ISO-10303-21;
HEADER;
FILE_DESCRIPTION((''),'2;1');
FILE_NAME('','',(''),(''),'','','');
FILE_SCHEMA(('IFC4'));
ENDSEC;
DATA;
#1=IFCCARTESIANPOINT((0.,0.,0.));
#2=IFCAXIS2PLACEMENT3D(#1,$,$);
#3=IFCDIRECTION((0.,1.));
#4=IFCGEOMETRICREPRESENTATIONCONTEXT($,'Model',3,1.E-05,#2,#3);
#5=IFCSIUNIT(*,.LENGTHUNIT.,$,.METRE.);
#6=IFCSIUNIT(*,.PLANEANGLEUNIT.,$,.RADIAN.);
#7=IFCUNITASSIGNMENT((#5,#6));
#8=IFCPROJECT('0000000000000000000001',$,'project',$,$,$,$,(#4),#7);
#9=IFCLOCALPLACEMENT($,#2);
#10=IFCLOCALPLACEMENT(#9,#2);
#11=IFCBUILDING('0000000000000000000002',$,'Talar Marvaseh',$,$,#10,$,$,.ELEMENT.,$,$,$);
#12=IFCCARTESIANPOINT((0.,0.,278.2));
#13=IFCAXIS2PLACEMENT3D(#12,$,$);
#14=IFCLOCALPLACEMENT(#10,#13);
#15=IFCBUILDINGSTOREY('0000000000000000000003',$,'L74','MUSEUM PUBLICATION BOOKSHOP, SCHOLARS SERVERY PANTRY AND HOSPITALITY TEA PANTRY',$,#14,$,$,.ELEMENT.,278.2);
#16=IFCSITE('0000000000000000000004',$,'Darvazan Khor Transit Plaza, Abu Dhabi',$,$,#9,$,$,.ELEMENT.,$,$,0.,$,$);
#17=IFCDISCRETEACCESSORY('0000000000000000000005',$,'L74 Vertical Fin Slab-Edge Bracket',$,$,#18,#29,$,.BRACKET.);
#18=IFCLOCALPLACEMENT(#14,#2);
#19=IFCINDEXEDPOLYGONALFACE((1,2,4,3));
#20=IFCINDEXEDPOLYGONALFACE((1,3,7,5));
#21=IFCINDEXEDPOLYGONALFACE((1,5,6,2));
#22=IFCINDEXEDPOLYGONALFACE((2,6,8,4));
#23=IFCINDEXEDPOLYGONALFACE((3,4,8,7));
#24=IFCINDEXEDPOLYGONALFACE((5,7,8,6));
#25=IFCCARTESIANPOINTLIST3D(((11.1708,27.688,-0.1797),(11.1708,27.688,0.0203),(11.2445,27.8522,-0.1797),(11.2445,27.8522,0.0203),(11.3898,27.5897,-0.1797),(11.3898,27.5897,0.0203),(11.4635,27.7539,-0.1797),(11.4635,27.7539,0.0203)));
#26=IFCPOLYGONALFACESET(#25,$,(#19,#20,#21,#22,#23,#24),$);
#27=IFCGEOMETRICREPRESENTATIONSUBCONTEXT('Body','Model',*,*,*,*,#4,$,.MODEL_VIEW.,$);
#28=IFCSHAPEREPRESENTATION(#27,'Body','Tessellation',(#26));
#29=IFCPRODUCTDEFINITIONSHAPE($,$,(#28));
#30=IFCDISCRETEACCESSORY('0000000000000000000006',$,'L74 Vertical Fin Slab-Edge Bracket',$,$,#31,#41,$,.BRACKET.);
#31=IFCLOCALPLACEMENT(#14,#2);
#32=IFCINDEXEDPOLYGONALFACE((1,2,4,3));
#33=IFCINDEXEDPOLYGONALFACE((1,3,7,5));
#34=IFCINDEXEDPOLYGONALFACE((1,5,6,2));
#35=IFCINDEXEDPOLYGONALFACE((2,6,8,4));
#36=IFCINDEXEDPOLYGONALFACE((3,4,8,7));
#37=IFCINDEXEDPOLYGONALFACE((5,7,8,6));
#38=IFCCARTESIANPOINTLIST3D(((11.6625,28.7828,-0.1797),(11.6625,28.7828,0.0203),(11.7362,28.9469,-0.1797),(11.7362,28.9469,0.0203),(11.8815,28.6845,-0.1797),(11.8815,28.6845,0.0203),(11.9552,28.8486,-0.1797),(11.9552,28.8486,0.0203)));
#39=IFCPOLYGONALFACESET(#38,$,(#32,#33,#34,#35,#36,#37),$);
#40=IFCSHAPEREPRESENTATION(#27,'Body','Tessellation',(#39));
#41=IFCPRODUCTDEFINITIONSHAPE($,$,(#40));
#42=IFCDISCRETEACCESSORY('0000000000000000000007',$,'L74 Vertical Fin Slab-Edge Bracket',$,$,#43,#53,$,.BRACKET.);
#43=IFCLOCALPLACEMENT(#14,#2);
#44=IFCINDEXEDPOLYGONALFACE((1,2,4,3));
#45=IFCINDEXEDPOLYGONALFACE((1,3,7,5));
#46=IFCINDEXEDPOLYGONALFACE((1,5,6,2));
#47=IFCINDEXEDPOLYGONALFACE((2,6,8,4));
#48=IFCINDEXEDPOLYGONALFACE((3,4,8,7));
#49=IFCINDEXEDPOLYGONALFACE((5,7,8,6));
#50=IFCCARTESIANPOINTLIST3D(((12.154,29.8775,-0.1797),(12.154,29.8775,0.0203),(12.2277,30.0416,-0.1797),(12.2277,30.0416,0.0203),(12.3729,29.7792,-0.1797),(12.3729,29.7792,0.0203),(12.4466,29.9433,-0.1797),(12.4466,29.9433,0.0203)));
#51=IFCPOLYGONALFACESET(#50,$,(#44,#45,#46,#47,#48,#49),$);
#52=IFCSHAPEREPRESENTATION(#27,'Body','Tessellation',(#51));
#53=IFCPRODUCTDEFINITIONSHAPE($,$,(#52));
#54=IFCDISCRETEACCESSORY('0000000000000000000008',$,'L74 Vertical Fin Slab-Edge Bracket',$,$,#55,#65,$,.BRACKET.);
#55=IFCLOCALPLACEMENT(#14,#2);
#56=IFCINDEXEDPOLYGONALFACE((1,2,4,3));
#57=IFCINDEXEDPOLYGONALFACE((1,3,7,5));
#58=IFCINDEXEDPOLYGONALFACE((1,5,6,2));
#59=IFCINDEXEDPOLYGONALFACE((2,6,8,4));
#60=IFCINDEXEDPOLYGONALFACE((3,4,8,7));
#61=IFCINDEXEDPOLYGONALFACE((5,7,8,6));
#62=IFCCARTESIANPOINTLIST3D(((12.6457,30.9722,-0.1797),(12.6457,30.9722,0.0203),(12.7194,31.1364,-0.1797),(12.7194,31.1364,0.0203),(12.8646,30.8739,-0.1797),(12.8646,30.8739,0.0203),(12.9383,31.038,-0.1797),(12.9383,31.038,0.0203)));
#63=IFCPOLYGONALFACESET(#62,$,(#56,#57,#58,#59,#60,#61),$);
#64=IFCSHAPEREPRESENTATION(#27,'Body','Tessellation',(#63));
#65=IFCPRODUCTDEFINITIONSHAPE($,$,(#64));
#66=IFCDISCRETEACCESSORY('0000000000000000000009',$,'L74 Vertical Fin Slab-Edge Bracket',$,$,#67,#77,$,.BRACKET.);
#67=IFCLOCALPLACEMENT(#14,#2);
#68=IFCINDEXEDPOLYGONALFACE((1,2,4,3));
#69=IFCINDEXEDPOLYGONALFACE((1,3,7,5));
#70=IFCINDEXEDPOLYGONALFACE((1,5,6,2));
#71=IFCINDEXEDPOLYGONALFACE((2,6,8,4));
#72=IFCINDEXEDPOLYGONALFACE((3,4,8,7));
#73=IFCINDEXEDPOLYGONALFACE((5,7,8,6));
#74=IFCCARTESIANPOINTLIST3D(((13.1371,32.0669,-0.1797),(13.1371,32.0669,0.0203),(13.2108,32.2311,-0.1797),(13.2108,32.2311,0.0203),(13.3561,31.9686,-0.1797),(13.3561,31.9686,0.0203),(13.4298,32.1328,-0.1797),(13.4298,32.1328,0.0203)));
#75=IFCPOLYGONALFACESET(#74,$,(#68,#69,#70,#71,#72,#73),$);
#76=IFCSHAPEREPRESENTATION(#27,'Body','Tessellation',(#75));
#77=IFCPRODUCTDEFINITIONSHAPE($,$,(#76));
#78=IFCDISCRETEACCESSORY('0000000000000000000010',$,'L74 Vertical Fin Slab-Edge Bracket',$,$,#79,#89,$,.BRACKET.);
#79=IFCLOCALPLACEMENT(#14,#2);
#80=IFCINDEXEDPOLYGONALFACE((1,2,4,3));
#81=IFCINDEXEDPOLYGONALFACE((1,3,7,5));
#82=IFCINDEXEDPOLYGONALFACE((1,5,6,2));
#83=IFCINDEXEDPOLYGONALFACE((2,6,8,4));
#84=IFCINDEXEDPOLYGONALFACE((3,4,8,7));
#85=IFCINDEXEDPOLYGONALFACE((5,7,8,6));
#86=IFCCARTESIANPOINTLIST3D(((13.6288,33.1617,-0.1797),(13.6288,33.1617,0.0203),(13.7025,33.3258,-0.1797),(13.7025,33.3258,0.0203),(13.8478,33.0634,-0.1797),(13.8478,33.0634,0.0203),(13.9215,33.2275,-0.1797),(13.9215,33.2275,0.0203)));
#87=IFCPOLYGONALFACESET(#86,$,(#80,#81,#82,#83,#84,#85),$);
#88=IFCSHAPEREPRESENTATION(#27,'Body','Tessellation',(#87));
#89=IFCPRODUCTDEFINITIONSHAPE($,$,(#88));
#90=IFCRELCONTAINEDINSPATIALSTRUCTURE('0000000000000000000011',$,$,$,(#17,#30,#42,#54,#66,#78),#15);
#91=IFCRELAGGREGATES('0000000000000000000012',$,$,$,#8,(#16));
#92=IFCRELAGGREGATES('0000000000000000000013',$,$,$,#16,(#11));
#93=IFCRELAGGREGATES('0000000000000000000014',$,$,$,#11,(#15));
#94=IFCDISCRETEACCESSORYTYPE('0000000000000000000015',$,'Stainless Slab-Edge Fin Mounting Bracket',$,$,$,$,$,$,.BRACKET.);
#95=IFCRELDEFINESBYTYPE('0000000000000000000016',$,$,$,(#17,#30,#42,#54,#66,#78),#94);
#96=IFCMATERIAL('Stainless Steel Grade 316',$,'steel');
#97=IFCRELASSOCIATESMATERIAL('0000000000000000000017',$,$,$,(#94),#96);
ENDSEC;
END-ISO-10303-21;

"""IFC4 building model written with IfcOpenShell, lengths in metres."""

from ifc_helpers import new_model, si_unit, direction, frame, origin, origin_2d, place, context, subcontext, project, spatial, rectangle, extrude, source, transform, mapped, material, type_object, type_shapes, element, save


model = new_model("IFC4")

# Units and contexts
model_context = context("Model", 3, precision=1e-05, world=origin(), true_north=direction((0.0, 1.0)))
body_context = subcontext(model_context, "Body", "Model", "MODEL_VIEW")
ifc_project = project(units=[si_unit("LENGTHUNIT", "METRE"), si_unit("PLANEANGLEUNIT", "RADIAN")], contexts=[model_context])

# Site, building, storey
site_placement = place(None, origin())
site = spatial("IfcSite", under=ifc_project, at=site_placement, Name="Darvazan Khor Transit Plaza, Abu Dhabi", CompositionType="ELEMENT", RefElevation=0.0)
building_placement = place(site_placement, origin())
building = spatial("IfcBuilding", under=site, at=building_placement, Name="Talar Marvaseh", CompositionType="ELEMENT")
storey_placement = place(building_placement, frame((0.0, 0.0, 278.2)))
storey = spatial("IfcBuildingStorey", under=building, at=storey_placement, Name="L74", Description="MUSEUM PUBLICATION BOOKSHOP, SCHOLARS SERVERY PANTRY AND HOSPITALITY TEA PANTRY", CompositionType="ELEMENT", Elevation=278.2)

# Shared definitions
ifc_material_1 = material(Name="Stainless Steel Grade 316", Category="steel")

# Discrete accessories
discrete_accessory_type = type_object("IfcDiscreteAccessoryType", Name="Stainless Slab-Edge Fin Mounting Bracket", PredefinedType="BRACKET", material=ifc_material_1)
shared_shape_1 = source(origin(), body_context, "Body", "SweptSolid", [
    extrude(rectangle(XDim=0.24, YDim=0.1799, at=origin_2d()), origin(), (0.0, 0.0, 1.0), 0.2),
])
type_shapes(discrete_accessory_type, [shared_shape_1])
for number, where, z_axis, x_axis, name in (
    (1, (11.3171, 27.7209, -0.1797), (0.0, 0.0, 1.0), (-0.912263, 0.409605, 0.0), "L74 Vertical Fin Slab-Edge Bracket"),
    (2, (11.8088, 28.8157, -0.1797), (0.0, 0.0, 1.0), (-0.912263, 0.409605, 0.0), "L74 Vertical Fin Slab-Edge Bracket"),
    (3, (12.3003, 29.9104, -0.1797), (0.0, 0.0, 1.0), (-0.912263, 0.409605, 0.0), "L74 Vertical Fin Slab-Edge Bracket"),
    (4, (12.792, 31.0051, -0.1797), (0.0, 0.0, 1.0), (-0.912263, 0.409605, 0.0), "L74 Vertical Fin Slab-Edge Bracket"),
    (5, (13.2834, 32.0999, -0.1797), (0.0, 0.0, 1.0), (-0.912263, 0.409605, 0.0), "L74 Vertical Fin Slab-Edge Bracket"),
    (6, (13.7751, 33.1946, -0.1797), (0.0, 0.0, 1.0), (-0.912263, 0.409605, 0.0), "L74 Vertical Fin Slab-Edge Bracket"),
):
    element("IfcDiscreteAccessory", number, at=place(storey_placement, frame(where, z_axis=z_axis, x_axis=x_axis)), inside=storey, type_object=discrete_accessory_type, Name=name, PredefinedType="BRACKET", context=body_context, shape_type="MappedRepresentation", body=[
        mapped(shared_shape_1, transform((0.0, 0.0, 0.0), x_axis=(1.0, 0.0, 0.0), y_axis=(0.0, 1.0, 0.0), z_axis=(0.0, 0.0, 1.0), scale=1.0)),
    ])

save(model, "model.ifc")
